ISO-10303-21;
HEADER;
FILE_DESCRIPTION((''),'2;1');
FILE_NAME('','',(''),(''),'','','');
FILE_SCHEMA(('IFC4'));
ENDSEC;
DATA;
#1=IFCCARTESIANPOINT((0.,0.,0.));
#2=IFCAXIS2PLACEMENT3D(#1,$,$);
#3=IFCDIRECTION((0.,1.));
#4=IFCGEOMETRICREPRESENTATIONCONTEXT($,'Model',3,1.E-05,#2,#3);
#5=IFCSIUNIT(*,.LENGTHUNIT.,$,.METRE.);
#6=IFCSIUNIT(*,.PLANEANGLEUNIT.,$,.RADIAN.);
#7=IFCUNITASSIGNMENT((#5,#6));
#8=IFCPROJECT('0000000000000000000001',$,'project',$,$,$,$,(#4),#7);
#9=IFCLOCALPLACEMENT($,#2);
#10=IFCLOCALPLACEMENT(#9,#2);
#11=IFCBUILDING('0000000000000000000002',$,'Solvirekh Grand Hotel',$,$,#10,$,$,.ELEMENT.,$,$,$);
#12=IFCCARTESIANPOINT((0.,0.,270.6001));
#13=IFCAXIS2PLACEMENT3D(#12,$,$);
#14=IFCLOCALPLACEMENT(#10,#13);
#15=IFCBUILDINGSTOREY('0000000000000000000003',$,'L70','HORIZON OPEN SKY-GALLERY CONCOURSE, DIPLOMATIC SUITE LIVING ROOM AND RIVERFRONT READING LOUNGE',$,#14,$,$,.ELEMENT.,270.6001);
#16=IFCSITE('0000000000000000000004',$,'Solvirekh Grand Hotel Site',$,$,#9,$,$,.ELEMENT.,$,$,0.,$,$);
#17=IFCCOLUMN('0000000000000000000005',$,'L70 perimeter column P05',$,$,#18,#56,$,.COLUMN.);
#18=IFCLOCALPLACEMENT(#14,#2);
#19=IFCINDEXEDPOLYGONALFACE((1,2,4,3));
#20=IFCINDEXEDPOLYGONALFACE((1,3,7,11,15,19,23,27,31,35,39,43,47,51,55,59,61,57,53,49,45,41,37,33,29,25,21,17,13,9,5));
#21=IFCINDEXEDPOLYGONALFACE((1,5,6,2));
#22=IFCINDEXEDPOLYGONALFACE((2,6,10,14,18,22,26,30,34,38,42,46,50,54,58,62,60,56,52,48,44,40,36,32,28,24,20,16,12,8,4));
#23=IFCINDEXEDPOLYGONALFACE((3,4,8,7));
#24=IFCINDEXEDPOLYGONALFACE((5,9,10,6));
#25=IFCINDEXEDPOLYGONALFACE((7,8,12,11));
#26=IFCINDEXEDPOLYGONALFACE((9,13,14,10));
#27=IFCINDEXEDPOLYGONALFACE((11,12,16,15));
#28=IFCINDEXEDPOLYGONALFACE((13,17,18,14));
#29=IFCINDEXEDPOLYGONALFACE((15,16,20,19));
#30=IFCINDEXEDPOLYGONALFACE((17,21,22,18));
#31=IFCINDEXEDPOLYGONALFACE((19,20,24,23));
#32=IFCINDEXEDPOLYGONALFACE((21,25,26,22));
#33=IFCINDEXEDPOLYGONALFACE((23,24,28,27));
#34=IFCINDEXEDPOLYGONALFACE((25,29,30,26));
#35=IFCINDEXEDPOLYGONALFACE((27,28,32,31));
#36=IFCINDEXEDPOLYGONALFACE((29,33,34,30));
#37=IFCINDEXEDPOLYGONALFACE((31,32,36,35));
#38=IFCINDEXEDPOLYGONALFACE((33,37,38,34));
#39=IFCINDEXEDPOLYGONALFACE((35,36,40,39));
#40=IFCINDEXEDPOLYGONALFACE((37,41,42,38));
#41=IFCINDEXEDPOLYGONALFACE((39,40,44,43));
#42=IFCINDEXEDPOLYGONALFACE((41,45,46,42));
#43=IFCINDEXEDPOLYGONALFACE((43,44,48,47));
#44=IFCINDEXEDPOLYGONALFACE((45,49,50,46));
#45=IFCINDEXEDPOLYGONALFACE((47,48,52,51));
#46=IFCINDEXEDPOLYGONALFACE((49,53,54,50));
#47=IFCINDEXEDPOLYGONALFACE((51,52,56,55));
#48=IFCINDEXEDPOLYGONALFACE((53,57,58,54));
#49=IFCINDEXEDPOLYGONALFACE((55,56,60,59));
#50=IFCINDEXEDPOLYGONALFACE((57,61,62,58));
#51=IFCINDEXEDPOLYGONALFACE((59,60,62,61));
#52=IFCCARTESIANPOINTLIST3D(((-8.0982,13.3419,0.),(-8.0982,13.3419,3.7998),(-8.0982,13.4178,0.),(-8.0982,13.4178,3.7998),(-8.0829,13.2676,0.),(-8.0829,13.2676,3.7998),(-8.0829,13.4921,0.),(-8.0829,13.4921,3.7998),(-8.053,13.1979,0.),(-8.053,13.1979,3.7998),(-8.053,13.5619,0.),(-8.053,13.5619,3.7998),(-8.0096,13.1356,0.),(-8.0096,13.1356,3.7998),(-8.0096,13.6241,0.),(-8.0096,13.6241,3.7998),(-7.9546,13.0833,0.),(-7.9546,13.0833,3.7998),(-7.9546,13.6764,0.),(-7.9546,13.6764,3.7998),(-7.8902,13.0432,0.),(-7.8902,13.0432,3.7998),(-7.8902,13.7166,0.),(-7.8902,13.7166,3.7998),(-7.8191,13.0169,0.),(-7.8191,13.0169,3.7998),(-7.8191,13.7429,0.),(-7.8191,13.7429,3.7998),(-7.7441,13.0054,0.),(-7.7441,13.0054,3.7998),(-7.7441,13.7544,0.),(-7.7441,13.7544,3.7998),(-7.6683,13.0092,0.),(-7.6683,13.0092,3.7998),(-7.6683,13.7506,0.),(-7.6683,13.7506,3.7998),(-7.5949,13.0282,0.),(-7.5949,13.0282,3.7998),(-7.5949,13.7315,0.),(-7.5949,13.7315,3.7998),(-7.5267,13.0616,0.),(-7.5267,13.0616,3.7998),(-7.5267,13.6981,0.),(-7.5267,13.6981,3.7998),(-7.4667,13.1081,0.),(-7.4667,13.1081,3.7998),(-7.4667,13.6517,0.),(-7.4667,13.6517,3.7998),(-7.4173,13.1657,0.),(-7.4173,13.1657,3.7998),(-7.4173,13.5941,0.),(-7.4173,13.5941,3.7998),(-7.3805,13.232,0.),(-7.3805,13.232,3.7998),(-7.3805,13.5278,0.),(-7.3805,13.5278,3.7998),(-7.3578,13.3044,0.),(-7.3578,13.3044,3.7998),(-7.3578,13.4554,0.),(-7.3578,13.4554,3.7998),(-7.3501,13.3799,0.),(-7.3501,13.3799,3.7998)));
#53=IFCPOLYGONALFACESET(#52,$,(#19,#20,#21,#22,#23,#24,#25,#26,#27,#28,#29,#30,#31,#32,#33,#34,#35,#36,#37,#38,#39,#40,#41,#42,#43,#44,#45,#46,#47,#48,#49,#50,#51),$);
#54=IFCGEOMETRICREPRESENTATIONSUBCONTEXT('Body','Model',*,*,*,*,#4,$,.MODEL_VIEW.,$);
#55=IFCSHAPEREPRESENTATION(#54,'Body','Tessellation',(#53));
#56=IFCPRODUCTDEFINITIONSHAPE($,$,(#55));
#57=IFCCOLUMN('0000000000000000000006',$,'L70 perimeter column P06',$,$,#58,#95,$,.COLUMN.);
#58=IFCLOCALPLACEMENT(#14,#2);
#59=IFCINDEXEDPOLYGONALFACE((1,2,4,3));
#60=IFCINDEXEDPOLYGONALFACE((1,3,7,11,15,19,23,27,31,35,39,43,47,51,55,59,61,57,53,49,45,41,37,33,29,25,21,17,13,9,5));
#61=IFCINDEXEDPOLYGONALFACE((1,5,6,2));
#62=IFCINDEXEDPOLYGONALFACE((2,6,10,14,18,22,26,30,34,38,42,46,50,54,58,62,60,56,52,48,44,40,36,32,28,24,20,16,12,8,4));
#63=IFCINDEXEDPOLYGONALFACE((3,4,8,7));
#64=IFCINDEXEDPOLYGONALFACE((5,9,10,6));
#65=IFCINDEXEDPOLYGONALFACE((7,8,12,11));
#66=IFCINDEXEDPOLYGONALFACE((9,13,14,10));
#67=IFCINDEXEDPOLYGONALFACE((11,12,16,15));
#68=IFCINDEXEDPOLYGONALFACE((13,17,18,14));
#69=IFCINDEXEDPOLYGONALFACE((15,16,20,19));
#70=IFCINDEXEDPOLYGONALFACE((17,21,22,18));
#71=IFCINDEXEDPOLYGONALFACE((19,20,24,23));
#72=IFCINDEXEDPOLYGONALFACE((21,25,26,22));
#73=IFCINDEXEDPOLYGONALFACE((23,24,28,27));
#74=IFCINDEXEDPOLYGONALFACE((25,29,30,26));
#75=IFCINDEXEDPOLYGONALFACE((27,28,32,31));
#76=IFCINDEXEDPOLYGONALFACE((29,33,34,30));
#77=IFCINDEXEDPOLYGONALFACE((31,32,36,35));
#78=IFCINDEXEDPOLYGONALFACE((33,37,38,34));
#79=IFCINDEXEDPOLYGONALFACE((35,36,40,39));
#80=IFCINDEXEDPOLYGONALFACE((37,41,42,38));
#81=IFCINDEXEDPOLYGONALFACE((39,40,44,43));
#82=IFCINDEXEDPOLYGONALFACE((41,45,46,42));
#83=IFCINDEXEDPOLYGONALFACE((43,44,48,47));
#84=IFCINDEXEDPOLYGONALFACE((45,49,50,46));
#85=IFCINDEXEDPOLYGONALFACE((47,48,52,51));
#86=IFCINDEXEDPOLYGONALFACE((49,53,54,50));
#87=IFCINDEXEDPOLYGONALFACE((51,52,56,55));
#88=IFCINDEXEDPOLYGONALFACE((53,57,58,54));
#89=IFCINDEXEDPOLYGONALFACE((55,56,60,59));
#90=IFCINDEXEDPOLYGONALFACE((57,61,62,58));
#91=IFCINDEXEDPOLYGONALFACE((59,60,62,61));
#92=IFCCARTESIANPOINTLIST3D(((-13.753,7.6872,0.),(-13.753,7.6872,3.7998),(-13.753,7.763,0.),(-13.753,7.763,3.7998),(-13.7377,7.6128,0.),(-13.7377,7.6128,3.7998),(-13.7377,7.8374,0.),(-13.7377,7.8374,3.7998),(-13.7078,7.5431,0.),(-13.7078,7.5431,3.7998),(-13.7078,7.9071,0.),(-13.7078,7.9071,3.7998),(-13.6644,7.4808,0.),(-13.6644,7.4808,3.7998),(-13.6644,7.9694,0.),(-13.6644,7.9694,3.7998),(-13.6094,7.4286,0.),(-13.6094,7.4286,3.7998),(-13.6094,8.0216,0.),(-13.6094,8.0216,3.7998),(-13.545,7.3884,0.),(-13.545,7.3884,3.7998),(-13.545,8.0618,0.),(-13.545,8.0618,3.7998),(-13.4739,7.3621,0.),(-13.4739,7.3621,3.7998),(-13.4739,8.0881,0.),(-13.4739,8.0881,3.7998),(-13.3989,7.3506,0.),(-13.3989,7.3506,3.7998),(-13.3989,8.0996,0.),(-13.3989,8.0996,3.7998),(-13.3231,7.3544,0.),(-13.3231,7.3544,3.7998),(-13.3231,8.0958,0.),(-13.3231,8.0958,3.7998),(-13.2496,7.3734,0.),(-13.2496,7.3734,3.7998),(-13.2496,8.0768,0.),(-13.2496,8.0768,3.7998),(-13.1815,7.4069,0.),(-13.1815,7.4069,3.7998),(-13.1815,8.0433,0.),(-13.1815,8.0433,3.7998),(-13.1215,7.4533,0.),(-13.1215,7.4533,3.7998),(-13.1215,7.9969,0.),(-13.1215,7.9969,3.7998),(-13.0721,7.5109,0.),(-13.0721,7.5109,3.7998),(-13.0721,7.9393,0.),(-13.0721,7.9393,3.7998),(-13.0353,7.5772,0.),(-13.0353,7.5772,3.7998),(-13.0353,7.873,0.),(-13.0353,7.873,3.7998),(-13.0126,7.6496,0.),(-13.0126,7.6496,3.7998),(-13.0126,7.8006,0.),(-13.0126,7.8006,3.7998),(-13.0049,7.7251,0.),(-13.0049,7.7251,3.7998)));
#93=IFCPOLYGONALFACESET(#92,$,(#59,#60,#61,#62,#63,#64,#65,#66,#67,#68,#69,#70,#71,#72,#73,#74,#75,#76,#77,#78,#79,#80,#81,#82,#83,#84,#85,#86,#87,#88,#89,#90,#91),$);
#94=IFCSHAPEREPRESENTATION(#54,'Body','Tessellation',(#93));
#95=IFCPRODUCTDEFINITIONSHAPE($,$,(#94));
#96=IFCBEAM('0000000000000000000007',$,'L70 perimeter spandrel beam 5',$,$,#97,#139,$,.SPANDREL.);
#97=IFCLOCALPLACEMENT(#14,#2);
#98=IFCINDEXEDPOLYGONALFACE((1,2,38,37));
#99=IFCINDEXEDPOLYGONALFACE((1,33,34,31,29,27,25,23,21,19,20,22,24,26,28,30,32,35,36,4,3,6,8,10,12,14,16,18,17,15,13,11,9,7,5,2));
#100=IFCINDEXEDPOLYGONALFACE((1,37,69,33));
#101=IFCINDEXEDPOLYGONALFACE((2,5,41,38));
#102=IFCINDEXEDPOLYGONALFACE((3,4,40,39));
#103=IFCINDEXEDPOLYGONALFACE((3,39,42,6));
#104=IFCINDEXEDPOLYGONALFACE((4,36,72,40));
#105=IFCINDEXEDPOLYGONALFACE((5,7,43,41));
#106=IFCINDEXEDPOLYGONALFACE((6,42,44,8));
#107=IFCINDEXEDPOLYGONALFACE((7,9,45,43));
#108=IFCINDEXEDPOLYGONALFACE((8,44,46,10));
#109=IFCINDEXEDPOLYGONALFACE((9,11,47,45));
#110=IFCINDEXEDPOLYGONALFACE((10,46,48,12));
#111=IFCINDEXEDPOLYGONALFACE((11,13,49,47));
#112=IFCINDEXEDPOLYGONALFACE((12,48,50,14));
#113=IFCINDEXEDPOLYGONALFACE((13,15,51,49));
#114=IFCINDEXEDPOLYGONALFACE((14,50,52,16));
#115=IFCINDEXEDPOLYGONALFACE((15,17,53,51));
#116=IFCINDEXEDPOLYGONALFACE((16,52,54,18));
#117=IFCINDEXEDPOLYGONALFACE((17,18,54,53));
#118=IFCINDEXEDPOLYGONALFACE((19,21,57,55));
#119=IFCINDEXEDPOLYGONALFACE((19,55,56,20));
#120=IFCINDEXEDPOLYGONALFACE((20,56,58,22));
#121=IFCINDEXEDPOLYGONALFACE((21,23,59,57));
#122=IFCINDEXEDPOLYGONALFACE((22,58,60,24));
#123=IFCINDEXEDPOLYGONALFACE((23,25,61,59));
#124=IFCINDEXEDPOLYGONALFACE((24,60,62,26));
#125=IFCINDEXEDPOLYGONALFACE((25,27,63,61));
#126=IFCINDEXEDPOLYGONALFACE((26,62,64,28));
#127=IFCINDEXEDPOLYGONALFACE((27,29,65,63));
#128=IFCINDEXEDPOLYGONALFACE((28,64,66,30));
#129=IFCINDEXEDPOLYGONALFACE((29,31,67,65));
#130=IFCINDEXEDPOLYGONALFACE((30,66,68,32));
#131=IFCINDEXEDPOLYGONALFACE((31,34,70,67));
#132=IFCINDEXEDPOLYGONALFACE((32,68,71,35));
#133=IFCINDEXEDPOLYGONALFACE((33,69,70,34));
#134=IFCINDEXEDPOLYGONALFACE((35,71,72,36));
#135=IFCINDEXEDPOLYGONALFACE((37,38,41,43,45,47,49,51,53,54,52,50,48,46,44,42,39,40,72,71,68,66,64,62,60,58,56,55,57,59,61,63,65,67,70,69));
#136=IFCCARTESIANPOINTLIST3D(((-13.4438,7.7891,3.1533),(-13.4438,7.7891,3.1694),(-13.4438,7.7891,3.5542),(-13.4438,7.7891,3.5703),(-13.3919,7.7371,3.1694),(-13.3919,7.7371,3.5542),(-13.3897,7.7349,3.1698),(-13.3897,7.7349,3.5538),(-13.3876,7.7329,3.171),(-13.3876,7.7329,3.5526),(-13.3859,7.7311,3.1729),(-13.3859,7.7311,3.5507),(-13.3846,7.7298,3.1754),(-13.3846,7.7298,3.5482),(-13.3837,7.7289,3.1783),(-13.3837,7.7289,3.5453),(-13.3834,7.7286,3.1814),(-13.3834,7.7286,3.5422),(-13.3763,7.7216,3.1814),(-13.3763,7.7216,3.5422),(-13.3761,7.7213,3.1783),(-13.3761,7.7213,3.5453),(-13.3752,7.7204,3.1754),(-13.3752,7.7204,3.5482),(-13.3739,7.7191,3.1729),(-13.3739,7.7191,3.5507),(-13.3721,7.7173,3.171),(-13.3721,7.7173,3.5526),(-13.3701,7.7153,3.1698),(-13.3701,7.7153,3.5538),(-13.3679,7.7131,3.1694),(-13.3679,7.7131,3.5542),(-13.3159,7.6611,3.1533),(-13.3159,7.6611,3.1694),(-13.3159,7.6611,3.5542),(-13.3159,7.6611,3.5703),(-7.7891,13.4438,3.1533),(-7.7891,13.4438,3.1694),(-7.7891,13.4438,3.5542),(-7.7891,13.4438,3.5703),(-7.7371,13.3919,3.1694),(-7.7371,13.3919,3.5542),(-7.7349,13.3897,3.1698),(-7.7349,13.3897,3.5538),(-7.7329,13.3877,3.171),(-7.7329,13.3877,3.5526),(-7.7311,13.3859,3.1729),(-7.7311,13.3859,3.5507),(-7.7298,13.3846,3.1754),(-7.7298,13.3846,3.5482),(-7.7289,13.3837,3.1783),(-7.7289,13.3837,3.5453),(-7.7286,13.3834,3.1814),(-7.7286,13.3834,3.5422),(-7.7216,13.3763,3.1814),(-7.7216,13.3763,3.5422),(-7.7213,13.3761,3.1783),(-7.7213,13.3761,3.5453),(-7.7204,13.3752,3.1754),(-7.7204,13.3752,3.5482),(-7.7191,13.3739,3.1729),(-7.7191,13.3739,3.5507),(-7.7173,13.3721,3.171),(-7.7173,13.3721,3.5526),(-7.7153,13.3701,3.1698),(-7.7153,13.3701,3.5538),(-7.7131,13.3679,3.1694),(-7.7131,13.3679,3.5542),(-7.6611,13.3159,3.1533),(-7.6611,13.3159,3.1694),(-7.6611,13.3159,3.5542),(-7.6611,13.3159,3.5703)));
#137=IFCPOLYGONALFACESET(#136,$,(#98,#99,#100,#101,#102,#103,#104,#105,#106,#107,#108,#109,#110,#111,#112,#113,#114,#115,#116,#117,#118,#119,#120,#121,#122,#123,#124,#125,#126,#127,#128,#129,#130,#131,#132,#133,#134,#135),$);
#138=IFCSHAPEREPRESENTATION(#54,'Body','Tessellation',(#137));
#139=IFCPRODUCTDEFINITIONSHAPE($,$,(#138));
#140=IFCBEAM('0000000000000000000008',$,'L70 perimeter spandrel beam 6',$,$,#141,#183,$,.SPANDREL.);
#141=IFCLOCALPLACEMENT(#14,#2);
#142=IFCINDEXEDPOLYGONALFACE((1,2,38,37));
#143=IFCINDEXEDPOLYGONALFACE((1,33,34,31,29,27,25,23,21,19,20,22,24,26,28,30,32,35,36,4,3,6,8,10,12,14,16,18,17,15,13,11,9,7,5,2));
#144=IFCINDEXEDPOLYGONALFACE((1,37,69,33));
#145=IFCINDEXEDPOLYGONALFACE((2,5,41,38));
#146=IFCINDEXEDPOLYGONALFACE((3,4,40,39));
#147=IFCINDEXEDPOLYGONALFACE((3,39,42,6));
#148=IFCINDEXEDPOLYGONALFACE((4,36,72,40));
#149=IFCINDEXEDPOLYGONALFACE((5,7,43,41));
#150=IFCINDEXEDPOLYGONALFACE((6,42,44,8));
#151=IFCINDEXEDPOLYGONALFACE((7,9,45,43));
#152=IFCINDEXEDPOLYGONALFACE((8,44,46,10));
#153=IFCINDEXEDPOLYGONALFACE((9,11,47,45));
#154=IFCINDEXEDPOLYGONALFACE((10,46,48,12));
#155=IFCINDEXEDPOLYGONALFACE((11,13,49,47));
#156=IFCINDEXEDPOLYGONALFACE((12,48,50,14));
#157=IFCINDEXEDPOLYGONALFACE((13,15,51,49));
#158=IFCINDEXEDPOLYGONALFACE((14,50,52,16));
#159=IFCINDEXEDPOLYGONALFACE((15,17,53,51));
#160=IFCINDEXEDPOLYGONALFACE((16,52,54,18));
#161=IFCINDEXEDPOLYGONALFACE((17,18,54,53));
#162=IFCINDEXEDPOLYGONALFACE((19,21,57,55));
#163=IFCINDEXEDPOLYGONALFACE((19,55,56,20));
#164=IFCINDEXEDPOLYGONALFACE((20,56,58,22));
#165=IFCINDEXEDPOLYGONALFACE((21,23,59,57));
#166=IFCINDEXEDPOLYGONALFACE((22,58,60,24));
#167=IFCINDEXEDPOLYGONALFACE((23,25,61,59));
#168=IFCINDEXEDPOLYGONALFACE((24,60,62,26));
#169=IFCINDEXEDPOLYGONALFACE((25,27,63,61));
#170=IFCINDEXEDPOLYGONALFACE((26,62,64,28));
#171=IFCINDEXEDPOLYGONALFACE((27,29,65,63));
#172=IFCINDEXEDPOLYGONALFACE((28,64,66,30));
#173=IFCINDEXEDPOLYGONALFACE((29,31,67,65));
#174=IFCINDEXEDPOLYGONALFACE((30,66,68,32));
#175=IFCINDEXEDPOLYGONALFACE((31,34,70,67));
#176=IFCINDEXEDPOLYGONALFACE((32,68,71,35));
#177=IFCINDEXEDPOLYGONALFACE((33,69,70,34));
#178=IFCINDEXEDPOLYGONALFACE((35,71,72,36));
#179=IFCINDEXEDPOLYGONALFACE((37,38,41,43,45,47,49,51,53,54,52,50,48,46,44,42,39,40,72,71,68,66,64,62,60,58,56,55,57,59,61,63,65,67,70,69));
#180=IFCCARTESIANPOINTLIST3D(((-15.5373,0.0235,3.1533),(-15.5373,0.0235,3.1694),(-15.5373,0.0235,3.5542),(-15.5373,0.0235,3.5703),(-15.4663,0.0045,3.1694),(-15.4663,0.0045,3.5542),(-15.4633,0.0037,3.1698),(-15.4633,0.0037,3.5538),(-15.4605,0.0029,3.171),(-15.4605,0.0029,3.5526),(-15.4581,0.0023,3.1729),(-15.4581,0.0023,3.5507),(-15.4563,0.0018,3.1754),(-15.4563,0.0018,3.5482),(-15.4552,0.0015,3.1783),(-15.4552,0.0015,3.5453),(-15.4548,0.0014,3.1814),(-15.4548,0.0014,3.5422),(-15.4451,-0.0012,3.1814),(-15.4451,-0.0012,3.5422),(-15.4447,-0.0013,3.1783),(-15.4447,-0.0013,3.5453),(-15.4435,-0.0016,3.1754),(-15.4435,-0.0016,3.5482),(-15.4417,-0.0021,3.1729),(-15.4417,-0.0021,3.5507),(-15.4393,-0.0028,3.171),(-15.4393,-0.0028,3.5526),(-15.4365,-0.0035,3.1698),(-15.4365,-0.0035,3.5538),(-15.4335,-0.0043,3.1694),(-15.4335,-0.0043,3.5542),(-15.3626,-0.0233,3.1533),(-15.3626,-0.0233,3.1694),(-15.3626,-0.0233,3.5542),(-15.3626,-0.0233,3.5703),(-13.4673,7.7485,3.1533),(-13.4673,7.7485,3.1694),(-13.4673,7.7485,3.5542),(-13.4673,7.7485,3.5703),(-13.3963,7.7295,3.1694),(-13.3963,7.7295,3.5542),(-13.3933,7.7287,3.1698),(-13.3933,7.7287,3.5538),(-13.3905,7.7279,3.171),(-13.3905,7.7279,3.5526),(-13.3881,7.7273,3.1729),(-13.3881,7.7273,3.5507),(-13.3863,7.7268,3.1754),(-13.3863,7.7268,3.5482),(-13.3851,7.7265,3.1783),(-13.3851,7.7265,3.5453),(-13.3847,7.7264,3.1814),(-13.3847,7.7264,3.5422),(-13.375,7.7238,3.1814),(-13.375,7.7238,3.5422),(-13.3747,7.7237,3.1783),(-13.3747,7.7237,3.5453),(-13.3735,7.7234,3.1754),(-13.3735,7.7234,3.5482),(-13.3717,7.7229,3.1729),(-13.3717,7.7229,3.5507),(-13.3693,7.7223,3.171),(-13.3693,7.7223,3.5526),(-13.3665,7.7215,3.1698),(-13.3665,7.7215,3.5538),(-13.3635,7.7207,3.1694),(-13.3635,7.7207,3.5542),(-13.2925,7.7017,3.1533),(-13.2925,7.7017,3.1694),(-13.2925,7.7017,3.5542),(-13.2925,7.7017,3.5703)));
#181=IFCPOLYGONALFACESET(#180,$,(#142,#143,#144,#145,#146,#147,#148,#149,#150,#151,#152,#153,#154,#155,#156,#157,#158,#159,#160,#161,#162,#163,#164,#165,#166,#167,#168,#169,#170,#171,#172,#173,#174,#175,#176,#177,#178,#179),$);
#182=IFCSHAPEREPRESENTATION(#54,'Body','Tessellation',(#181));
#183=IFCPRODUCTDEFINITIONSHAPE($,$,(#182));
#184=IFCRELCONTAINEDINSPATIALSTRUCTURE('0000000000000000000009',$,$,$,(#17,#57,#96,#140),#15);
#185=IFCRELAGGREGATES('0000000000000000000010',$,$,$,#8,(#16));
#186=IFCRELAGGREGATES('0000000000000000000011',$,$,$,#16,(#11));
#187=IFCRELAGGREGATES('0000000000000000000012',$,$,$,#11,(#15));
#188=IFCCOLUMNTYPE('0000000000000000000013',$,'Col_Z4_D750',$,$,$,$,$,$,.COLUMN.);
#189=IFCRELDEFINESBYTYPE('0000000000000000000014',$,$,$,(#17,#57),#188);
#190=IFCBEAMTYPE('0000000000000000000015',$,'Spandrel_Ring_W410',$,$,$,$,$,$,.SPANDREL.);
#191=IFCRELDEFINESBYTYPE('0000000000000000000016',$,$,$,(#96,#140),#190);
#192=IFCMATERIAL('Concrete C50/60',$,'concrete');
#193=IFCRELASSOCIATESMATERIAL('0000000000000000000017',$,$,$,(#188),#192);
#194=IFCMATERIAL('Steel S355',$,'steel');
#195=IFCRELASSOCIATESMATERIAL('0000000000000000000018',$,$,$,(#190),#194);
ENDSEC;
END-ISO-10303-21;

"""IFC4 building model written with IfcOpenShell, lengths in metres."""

from ifc_helpers import new_model, si_unit, direction, frame, origin, origin_2d, place, context, subcontext, project, spatial, circle, i_section, extrude, material, material_profile, profile_set, type_object, element, save


model = new_model("IFC4")

# Units and contexts
model_context = context("Model", 3, precision=1e-05, world=origin(), true_north=direction((0.0, 1.0)))
body_context = subcontext(model_context, "Body", "Model", "MODEL_VIEW")
ifc_project = project(units=[si_unit("LENGTHUNIT", "METRE"), si_unit("PLANEANGLEUNIT", "RADIAN")], contexts=[model_context])

# Site, building, storey
site_placement = place(None, origin())
site = spatial("IfcSite", under=ifc_project, at=site_placement, Name="Solvirekh Grand Hotel Site", CompositionType="ELEMENT", RefElevation=0.0)
building_placement = place(site_placement, origin())
building = spatial("IfcBuilding", under=site, at=building_placement, Name="Solvirekh Grand Hotel", CompositionType="ELEMENT")
storey_placement = place(building_placement, frame((0.0, 0.0, 270.6001)))
storey = spatial("IfcBuildingStorey", under=building, at=storey_placement, Name="L70", Description="HORIZON OPEN SKY-GALLERY CONCOURSE, DIPLOMATIC SUITE LIVING ROOM AND RIVERFRONT READING LOUNGE", CompositionType="ELEMENT", Elevation=270.6001)

# Columns
ifc_material_1 = material(Name="Concrete C50/60", Category="concrete")
ifc_material_profile_1 = material_profile(ifc_material_1, circle(Radius=0.375, at=origin_2d()), Name="RC CIRC D750")
ifc_profile_set_1 = profile_set([ifc_material_profile_1], Name="Concrete C50/60")
column_type = type_object("IfcColumnType", Name="Col_Z4_D750", PredefinedType="COLUMN", material=ifc_profile_set_1)
for number, where, z_axis, x_axis, name in (
    (1, (-7.7251, 13.3799, 0.0), (0.0, 0.0, 1.0), (1.0, 0.0, 0.0), "L70 perimeter column P05"),
    (2, (-13.3799, 7.7251, 0.0), (0.0, 0.0, 1.0), (1.0, 0.0, 0.0), "L70 perimeter column P06"),
):
    element("IfcColumn", number, at=place(storey_placement, frame(where, z_axis=z_axis, x_axis=x_axis)), inside=storey, type_object=column_type, Name=name, PredefinedType="COLUMN", context=body_context, shape_type="SweptSolid", body=[
        extrude(circle(Radius=0.375, at=origin_2d()), origin(), (0.0, 0.0, 1.0), 3.7998),
    ])

# Beams
ifc_material_2 = material(Name="Steel S355", Category="steel")
ifc_material_profile_2 = material_profile(ifc_material_2, i_section(OverallWidth=0.1809, OverallDepth=0.417, WebThickness=0.01, FlangeThickness=0.0161, FilletRadius=0.012, at=origin_2d()), Name="W410X85")
ifc_profile_set_2 = profile_set([ifc_material_profile_2], Name="Steel S355")
beam_type = type_object("IfcBeamType", Name="Spandrel_Ring_W410", PredefinedType="SPANDREL", material=ifc_profile_set_2)
beam_1_placement = place(storey_placement, frame((-7.7251, 13.3799, 3.3618), z_axis=(-0.707107, -0.707107, 0.0), x_axis=(0.707107, -0.707107, 0.0)))
element("IfcBeam", 3, at=beam_1_placement, inside=storey, type_object=beam_type, Name="L70 perimeter spandrel beam 5", PredefinedType="SPANDREL", context=body_context, shape_type="SweptSolid", body=[
    extrude(i_section(OverallWidth=0.1809, OverallDepth=0.417, WebThickness=0.01, FlangeThickness=0.0161, FilletRadius=0.012, at=origin_2d()), origin(), (0.0, 0.0, 1.0), 7.9971),
])
beam_2_placement = place(storey_placement, frame((-13.3799, 7.7251, 3.3618), z_axis=(-0.258835, -0.965922, 0.0), x_axis=(0.965922, -0.258835, 0.0)))
element("IfcBeam", 4, at=beam_2_placement, inside=storey, type_object=beam_type, Name="L70 perimeter spandrel beam 6", PredefinedType="SPANDREL", context=body_context, shape_type="SweptSolid", body=[
    extrude(i_section(OverallWidth=0.1809, OverallDepth=0.417, WebThickness=0.01, FlangeThickness=0.0161, FilletRadius=0.012, at=origin_2d()), origin(), (0.0, 0.0, 1.0), 7.9976),
])

save(model, "model.ifc")
